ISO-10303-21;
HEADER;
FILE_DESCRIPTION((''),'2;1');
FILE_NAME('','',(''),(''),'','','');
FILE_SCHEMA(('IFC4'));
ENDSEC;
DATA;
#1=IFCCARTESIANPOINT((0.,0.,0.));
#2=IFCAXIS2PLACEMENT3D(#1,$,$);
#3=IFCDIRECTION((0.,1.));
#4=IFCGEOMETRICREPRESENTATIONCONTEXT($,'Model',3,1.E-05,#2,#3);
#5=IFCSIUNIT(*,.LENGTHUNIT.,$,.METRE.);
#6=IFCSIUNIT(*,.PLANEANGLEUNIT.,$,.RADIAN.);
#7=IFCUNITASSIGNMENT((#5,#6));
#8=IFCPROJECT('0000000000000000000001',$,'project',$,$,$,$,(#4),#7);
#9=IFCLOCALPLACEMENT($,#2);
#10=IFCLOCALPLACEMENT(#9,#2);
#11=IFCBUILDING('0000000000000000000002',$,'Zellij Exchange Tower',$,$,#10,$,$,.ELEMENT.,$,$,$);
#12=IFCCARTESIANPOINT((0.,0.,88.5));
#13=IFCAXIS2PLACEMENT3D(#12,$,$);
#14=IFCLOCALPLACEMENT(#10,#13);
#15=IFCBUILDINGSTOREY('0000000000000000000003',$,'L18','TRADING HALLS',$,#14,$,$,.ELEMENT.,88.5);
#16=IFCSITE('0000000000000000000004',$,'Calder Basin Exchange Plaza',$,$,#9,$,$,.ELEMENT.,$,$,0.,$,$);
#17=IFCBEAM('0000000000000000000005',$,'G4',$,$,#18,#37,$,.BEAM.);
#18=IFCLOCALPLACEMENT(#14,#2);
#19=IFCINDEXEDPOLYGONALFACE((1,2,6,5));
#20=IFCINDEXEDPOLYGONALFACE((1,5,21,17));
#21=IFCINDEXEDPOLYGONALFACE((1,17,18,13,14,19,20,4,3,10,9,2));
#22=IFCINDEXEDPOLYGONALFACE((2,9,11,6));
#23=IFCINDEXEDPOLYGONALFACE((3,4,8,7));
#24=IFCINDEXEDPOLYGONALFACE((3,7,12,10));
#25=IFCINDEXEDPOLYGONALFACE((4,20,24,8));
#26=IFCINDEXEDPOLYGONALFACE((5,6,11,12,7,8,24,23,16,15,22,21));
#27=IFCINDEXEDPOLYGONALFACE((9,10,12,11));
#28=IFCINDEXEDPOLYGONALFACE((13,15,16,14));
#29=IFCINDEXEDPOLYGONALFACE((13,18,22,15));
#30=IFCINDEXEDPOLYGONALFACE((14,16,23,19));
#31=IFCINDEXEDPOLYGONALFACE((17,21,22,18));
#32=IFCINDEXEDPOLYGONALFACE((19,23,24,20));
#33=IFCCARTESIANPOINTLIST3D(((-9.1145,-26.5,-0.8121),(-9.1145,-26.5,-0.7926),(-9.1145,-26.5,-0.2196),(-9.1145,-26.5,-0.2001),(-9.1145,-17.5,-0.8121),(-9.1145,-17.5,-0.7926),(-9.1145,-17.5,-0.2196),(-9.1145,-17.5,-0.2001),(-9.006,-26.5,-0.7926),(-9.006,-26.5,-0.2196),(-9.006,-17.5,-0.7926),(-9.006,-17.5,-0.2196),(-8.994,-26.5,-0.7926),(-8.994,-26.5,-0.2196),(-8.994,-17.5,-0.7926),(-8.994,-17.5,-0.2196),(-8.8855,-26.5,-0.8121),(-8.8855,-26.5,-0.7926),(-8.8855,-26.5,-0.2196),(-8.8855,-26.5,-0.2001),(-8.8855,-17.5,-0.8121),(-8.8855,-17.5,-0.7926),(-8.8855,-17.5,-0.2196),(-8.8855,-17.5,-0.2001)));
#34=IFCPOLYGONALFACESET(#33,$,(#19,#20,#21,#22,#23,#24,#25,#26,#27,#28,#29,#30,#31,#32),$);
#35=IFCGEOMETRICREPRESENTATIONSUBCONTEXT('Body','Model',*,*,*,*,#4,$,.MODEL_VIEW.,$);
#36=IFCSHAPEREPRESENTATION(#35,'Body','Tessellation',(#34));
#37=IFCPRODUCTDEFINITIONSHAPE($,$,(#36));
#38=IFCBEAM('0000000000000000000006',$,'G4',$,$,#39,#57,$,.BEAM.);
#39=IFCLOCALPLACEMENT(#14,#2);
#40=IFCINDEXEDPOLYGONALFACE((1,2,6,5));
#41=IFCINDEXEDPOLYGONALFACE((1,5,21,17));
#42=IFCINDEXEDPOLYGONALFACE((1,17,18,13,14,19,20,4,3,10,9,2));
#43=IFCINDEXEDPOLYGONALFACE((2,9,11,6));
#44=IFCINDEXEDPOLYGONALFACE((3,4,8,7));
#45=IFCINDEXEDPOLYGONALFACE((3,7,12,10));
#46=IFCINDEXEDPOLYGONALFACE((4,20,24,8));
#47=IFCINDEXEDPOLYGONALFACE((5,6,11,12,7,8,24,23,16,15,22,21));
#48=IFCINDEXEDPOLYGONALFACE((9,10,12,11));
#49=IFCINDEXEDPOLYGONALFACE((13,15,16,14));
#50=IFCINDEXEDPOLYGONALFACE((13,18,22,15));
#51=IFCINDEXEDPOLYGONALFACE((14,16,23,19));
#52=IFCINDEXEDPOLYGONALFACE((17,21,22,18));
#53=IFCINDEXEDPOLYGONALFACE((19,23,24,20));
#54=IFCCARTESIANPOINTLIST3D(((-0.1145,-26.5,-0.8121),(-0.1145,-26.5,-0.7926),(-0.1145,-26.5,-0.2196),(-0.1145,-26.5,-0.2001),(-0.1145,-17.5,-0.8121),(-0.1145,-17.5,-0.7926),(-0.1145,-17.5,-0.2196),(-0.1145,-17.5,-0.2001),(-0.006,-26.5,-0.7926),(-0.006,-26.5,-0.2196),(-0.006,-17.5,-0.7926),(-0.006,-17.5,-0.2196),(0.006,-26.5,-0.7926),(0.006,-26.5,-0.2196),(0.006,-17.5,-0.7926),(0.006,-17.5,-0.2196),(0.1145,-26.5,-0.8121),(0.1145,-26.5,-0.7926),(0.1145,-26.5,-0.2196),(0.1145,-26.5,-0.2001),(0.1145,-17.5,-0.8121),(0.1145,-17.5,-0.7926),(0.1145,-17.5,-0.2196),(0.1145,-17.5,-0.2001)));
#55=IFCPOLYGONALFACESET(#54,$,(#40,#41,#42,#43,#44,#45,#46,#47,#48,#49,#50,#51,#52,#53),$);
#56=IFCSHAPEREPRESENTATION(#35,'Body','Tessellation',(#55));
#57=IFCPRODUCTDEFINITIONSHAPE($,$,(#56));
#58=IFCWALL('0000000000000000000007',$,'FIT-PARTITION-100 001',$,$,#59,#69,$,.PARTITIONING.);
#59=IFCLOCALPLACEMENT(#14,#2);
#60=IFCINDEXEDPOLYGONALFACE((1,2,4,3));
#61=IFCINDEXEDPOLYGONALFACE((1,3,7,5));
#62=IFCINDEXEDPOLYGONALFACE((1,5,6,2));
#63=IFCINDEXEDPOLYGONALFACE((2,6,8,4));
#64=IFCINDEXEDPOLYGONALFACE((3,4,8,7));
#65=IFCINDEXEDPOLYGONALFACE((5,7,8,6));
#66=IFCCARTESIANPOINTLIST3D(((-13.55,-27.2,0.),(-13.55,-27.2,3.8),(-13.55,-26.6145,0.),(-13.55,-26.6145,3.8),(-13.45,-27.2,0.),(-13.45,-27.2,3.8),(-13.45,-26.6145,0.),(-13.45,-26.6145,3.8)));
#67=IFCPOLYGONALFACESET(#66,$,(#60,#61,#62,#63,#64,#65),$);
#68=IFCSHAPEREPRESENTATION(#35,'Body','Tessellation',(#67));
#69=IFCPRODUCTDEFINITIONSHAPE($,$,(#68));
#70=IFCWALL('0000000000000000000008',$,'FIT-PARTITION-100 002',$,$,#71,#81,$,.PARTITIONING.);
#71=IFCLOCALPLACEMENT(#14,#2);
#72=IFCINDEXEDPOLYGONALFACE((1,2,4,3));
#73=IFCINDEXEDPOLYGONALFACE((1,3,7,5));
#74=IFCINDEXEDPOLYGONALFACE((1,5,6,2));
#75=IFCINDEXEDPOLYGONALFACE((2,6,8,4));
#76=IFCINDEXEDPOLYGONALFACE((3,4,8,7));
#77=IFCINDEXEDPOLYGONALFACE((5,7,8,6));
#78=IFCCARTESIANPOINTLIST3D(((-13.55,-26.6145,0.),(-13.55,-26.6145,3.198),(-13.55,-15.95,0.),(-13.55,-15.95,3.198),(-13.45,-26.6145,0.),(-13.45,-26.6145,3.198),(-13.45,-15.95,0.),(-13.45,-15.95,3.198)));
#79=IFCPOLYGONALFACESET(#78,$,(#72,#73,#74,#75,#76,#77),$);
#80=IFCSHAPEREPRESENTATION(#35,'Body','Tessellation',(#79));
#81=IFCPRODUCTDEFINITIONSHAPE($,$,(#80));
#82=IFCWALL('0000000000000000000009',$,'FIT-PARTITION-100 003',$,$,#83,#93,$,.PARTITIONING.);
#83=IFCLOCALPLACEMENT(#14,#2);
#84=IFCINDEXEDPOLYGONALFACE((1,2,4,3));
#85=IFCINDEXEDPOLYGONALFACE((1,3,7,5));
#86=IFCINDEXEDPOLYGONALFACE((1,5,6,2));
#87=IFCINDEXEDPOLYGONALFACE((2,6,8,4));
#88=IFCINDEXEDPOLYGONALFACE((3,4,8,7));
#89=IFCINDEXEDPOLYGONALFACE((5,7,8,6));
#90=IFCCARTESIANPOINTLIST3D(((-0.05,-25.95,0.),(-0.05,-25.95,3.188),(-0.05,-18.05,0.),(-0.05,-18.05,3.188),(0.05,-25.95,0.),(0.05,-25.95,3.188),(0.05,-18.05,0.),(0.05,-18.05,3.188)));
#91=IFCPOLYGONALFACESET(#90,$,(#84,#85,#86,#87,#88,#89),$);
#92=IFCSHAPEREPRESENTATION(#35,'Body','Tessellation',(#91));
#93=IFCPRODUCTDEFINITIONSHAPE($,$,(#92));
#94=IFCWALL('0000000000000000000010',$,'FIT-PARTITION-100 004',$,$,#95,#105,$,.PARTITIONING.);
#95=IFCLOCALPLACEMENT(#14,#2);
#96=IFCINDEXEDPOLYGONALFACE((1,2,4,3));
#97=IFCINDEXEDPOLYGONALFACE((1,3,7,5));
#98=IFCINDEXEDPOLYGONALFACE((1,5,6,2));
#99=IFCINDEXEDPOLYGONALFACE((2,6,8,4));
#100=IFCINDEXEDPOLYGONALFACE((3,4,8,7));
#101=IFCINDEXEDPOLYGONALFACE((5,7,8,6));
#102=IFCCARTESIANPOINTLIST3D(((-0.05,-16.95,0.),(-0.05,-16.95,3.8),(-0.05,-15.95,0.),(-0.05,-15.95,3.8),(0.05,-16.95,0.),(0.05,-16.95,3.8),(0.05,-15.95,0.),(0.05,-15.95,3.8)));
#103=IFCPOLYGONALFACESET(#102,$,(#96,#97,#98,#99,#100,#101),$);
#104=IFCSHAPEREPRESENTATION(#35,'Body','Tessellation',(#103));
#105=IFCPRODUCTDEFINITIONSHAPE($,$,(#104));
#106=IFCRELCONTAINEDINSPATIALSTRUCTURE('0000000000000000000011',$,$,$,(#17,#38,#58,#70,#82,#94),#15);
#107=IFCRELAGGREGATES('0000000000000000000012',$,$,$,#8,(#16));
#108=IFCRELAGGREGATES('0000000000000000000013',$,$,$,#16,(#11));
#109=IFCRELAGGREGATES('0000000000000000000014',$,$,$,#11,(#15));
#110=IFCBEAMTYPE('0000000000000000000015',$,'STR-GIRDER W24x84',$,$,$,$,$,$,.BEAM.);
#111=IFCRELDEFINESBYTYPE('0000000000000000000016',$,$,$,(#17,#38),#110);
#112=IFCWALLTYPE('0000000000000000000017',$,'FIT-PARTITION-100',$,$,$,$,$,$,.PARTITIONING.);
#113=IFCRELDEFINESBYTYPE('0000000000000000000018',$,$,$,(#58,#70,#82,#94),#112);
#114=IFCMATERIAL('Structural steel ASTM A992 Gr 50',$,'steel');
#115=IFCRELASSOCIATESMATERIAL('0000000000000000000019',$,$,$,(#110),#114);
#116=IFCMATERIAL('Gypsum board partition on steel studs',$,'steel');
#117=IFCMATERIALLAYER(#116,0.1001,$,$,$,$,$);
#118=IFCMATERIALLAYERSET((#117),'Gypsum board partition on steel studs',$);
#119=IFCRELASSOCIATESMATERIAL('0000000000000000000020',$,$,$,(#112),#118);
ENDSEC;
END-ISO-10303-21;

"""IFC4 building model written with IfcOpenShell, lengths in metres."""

from ifc_helpers import new_model, si_unit, direction, frame, frame_2d, origin, origin_2d, place, context, subcontext, project, spatial, rectangle, i_section, extrude, material, layer, layer_set, material_profile, profile_set, type_object, element, save


model = new_model("IFC4")

# Units and contexts
model_context = context("Model", 3, precision=1e-05, world=origin(), true_north=direction((0.0, 1.0)))
body_context = subcontext(model_context, "Body", "Model", "MODEL_VIEW")
ifc_project = project(units=[si_unit("LENGTHUNIT", "METRE"), si_unit("PLANEANGLEUNIT", "RADIAN")], contexts=[model_context])

# Site, building, storey
site_placement = place(None, origin())
site = spatial("IfcSite", under=ifc_project, at=site_placement, Name="Calder Basin Exchange Plaza", CompositionType="ELEMENT", RefElevation=0.0)
building_placement = place(site_placement, origin())
building = spatial("IfcBuilding", under=site, at=building_placement, Name="Zellij Exchange Tower", CompositionType="ELEMENT")
storey_placement = place(building_placement, frame((0.0, 0.0, 88.5)))
storey = spatial("IfcBuildingStorey", under=building, at=storey_placement, Name="L18", Description="TRADING HALLS", CompositionType="ELEMENT", Elevation=88.5)

# Beams
ifc_material_1 = material(Name="Structural steel ASTM A992 Gr 50", Category="steel")
ifc_material_profile_1 = material_profile(ifc_material_1, i_section(OverallWidth=0.229, OverallDepth=0.6121, WebThickness=0.012, FlangeThickness=0.0195, at=origin_2d()), Name="W24x84")
ifc_profile_set_1 = profile_set([ifc_material_profile_1], Name="Structural steel ASTM A992 Gr 50")
beam_type_1 = type_object("IfcBeamType", Name="STR-GIRDER W24x84", PredefinedType="BEAM", material=ifc_profile_set_1)
for number, where, z_axis, x_axis, name in (
    (1, (-9.0, -26.5, -0.5061), (0.0, 1.0, 0.0), (-1.0, 0.0, 0.0), "G4"),
    (2, (0.0, -26.5, -0.5061), (0.0, 1.0, 0.0), (-1.0, 0.0, 0.0), "G4"),
):
    element("IfcBeam", number, at=place(storey_placement, frame(where, z_axis=z_axis, x_axis=x_axis)), inside=storey, type_object=beam_type_1, Name=name, PredefinedType="BEAM", context=body_context, shape_type="SweptSolid", body=[
        extrude(i_section(OverallWidth=0.229, OverallDepth=0.6121, WebThickness=0.012, FlangeThickness=0.0195, at=origin_2d()), origin(), (0.0, 0.0, 1.0), 9.0),
    ])

# Walls
ifc_material_2 = material(Name="Gypsum board partition on steel studs", Category="steel")
ifc_layer = layer(ifc_material_2, 0.1001)
ifc_layer_set = layer_set([ifc_layer], Name="Gypsum board partition on steel studs")
wall_type = type_object("IfcWallType", Name="FIT-PARTITION-100", PredefinedType="PARTITIONING", material=ifc_layer_set)
wall_1_placement = place(storey_placement, frame((-13.5, -27.2, 0.0), z_axis=(0.0, 0.0, 1.0), x_axis=(0.0, 1.0, 0.0)))
element("IfcWall", 3, at=wall_1_placement, inside=storey, type_object=wall_type, Name="FIT-PARTITION-100 001", PredefinedType="PARTITIONING", context=body_context, shape_type="SweptSolid", body=[
    extrude(rectangle(XDim=0.5854, YDim=0.1001, at=frame_2d((0.2927, 0.0))), origin(), (0.0, 0.0, 1.0), 3.8),
])
wall_2_placement = place(storey_placement, frame((-13.5, -26.6145, 0.0), z_axis=(0.0, 0.0, 1.0), x_axis=(0.0, 1.0, 0.0)))
element("IfcWall", 4, at=wall_2_placement, inside=storey, type_object=wall_type, Name="FIT-PARTITION-100 002", PredefinedType="PARTITIONING", context=body_context, shape_type="SweptSolid", body=[
    extrude(rectangle(XDim=10.6646, YDim=0.1001, at=frame_2d((5.3323, 0.0))), origin(), (0.0, 0.0, 1.0), 3.198),
])
wall_3_placement = place(storey_placement, frame((0.0, -25.95, 0.0), z_axis=(0.0, 0.0, 1.0), x_axis=(0.0, 1.0, 0.0)))
element("IfcWall", 5, at=wall_3_placement, inside=storey, type_object=wall_type, Name="FIT-PARTITION-100 003", PredefinedType="PARTITIONING", context=body_context, shape_type="SweptSolid", body=[
    extrude(rectangle(XDim=7.8999, YDim=0.1001, at=frame_2d((3.95, 0.0))), origin(), (0.0, 0.0, 1.0), 3.188),
])
wall_4_placement = place(storey_placement, frame((0.0, -16.95, 0.0), z_axis=(0.0, 0.0, 1.0), x_axis=(0.0, 1.0, 0.0)))
element("IfcWall", 6, at=wall_4_placement, inside=storey, type_object=wall_type, Name="FIT-PARTITION-100 004", PredefinedType="PARTITIONING", context=body_context, shape_type="SweptSolid", body=[
    extrude(rectangle(XDim=1.0, YDim=0.1001, at=frame_2d((0.5, 0.0))), origin(), (0.0, 0.0, 1.0), 3.8),
])

save(model, "model.ifc")
